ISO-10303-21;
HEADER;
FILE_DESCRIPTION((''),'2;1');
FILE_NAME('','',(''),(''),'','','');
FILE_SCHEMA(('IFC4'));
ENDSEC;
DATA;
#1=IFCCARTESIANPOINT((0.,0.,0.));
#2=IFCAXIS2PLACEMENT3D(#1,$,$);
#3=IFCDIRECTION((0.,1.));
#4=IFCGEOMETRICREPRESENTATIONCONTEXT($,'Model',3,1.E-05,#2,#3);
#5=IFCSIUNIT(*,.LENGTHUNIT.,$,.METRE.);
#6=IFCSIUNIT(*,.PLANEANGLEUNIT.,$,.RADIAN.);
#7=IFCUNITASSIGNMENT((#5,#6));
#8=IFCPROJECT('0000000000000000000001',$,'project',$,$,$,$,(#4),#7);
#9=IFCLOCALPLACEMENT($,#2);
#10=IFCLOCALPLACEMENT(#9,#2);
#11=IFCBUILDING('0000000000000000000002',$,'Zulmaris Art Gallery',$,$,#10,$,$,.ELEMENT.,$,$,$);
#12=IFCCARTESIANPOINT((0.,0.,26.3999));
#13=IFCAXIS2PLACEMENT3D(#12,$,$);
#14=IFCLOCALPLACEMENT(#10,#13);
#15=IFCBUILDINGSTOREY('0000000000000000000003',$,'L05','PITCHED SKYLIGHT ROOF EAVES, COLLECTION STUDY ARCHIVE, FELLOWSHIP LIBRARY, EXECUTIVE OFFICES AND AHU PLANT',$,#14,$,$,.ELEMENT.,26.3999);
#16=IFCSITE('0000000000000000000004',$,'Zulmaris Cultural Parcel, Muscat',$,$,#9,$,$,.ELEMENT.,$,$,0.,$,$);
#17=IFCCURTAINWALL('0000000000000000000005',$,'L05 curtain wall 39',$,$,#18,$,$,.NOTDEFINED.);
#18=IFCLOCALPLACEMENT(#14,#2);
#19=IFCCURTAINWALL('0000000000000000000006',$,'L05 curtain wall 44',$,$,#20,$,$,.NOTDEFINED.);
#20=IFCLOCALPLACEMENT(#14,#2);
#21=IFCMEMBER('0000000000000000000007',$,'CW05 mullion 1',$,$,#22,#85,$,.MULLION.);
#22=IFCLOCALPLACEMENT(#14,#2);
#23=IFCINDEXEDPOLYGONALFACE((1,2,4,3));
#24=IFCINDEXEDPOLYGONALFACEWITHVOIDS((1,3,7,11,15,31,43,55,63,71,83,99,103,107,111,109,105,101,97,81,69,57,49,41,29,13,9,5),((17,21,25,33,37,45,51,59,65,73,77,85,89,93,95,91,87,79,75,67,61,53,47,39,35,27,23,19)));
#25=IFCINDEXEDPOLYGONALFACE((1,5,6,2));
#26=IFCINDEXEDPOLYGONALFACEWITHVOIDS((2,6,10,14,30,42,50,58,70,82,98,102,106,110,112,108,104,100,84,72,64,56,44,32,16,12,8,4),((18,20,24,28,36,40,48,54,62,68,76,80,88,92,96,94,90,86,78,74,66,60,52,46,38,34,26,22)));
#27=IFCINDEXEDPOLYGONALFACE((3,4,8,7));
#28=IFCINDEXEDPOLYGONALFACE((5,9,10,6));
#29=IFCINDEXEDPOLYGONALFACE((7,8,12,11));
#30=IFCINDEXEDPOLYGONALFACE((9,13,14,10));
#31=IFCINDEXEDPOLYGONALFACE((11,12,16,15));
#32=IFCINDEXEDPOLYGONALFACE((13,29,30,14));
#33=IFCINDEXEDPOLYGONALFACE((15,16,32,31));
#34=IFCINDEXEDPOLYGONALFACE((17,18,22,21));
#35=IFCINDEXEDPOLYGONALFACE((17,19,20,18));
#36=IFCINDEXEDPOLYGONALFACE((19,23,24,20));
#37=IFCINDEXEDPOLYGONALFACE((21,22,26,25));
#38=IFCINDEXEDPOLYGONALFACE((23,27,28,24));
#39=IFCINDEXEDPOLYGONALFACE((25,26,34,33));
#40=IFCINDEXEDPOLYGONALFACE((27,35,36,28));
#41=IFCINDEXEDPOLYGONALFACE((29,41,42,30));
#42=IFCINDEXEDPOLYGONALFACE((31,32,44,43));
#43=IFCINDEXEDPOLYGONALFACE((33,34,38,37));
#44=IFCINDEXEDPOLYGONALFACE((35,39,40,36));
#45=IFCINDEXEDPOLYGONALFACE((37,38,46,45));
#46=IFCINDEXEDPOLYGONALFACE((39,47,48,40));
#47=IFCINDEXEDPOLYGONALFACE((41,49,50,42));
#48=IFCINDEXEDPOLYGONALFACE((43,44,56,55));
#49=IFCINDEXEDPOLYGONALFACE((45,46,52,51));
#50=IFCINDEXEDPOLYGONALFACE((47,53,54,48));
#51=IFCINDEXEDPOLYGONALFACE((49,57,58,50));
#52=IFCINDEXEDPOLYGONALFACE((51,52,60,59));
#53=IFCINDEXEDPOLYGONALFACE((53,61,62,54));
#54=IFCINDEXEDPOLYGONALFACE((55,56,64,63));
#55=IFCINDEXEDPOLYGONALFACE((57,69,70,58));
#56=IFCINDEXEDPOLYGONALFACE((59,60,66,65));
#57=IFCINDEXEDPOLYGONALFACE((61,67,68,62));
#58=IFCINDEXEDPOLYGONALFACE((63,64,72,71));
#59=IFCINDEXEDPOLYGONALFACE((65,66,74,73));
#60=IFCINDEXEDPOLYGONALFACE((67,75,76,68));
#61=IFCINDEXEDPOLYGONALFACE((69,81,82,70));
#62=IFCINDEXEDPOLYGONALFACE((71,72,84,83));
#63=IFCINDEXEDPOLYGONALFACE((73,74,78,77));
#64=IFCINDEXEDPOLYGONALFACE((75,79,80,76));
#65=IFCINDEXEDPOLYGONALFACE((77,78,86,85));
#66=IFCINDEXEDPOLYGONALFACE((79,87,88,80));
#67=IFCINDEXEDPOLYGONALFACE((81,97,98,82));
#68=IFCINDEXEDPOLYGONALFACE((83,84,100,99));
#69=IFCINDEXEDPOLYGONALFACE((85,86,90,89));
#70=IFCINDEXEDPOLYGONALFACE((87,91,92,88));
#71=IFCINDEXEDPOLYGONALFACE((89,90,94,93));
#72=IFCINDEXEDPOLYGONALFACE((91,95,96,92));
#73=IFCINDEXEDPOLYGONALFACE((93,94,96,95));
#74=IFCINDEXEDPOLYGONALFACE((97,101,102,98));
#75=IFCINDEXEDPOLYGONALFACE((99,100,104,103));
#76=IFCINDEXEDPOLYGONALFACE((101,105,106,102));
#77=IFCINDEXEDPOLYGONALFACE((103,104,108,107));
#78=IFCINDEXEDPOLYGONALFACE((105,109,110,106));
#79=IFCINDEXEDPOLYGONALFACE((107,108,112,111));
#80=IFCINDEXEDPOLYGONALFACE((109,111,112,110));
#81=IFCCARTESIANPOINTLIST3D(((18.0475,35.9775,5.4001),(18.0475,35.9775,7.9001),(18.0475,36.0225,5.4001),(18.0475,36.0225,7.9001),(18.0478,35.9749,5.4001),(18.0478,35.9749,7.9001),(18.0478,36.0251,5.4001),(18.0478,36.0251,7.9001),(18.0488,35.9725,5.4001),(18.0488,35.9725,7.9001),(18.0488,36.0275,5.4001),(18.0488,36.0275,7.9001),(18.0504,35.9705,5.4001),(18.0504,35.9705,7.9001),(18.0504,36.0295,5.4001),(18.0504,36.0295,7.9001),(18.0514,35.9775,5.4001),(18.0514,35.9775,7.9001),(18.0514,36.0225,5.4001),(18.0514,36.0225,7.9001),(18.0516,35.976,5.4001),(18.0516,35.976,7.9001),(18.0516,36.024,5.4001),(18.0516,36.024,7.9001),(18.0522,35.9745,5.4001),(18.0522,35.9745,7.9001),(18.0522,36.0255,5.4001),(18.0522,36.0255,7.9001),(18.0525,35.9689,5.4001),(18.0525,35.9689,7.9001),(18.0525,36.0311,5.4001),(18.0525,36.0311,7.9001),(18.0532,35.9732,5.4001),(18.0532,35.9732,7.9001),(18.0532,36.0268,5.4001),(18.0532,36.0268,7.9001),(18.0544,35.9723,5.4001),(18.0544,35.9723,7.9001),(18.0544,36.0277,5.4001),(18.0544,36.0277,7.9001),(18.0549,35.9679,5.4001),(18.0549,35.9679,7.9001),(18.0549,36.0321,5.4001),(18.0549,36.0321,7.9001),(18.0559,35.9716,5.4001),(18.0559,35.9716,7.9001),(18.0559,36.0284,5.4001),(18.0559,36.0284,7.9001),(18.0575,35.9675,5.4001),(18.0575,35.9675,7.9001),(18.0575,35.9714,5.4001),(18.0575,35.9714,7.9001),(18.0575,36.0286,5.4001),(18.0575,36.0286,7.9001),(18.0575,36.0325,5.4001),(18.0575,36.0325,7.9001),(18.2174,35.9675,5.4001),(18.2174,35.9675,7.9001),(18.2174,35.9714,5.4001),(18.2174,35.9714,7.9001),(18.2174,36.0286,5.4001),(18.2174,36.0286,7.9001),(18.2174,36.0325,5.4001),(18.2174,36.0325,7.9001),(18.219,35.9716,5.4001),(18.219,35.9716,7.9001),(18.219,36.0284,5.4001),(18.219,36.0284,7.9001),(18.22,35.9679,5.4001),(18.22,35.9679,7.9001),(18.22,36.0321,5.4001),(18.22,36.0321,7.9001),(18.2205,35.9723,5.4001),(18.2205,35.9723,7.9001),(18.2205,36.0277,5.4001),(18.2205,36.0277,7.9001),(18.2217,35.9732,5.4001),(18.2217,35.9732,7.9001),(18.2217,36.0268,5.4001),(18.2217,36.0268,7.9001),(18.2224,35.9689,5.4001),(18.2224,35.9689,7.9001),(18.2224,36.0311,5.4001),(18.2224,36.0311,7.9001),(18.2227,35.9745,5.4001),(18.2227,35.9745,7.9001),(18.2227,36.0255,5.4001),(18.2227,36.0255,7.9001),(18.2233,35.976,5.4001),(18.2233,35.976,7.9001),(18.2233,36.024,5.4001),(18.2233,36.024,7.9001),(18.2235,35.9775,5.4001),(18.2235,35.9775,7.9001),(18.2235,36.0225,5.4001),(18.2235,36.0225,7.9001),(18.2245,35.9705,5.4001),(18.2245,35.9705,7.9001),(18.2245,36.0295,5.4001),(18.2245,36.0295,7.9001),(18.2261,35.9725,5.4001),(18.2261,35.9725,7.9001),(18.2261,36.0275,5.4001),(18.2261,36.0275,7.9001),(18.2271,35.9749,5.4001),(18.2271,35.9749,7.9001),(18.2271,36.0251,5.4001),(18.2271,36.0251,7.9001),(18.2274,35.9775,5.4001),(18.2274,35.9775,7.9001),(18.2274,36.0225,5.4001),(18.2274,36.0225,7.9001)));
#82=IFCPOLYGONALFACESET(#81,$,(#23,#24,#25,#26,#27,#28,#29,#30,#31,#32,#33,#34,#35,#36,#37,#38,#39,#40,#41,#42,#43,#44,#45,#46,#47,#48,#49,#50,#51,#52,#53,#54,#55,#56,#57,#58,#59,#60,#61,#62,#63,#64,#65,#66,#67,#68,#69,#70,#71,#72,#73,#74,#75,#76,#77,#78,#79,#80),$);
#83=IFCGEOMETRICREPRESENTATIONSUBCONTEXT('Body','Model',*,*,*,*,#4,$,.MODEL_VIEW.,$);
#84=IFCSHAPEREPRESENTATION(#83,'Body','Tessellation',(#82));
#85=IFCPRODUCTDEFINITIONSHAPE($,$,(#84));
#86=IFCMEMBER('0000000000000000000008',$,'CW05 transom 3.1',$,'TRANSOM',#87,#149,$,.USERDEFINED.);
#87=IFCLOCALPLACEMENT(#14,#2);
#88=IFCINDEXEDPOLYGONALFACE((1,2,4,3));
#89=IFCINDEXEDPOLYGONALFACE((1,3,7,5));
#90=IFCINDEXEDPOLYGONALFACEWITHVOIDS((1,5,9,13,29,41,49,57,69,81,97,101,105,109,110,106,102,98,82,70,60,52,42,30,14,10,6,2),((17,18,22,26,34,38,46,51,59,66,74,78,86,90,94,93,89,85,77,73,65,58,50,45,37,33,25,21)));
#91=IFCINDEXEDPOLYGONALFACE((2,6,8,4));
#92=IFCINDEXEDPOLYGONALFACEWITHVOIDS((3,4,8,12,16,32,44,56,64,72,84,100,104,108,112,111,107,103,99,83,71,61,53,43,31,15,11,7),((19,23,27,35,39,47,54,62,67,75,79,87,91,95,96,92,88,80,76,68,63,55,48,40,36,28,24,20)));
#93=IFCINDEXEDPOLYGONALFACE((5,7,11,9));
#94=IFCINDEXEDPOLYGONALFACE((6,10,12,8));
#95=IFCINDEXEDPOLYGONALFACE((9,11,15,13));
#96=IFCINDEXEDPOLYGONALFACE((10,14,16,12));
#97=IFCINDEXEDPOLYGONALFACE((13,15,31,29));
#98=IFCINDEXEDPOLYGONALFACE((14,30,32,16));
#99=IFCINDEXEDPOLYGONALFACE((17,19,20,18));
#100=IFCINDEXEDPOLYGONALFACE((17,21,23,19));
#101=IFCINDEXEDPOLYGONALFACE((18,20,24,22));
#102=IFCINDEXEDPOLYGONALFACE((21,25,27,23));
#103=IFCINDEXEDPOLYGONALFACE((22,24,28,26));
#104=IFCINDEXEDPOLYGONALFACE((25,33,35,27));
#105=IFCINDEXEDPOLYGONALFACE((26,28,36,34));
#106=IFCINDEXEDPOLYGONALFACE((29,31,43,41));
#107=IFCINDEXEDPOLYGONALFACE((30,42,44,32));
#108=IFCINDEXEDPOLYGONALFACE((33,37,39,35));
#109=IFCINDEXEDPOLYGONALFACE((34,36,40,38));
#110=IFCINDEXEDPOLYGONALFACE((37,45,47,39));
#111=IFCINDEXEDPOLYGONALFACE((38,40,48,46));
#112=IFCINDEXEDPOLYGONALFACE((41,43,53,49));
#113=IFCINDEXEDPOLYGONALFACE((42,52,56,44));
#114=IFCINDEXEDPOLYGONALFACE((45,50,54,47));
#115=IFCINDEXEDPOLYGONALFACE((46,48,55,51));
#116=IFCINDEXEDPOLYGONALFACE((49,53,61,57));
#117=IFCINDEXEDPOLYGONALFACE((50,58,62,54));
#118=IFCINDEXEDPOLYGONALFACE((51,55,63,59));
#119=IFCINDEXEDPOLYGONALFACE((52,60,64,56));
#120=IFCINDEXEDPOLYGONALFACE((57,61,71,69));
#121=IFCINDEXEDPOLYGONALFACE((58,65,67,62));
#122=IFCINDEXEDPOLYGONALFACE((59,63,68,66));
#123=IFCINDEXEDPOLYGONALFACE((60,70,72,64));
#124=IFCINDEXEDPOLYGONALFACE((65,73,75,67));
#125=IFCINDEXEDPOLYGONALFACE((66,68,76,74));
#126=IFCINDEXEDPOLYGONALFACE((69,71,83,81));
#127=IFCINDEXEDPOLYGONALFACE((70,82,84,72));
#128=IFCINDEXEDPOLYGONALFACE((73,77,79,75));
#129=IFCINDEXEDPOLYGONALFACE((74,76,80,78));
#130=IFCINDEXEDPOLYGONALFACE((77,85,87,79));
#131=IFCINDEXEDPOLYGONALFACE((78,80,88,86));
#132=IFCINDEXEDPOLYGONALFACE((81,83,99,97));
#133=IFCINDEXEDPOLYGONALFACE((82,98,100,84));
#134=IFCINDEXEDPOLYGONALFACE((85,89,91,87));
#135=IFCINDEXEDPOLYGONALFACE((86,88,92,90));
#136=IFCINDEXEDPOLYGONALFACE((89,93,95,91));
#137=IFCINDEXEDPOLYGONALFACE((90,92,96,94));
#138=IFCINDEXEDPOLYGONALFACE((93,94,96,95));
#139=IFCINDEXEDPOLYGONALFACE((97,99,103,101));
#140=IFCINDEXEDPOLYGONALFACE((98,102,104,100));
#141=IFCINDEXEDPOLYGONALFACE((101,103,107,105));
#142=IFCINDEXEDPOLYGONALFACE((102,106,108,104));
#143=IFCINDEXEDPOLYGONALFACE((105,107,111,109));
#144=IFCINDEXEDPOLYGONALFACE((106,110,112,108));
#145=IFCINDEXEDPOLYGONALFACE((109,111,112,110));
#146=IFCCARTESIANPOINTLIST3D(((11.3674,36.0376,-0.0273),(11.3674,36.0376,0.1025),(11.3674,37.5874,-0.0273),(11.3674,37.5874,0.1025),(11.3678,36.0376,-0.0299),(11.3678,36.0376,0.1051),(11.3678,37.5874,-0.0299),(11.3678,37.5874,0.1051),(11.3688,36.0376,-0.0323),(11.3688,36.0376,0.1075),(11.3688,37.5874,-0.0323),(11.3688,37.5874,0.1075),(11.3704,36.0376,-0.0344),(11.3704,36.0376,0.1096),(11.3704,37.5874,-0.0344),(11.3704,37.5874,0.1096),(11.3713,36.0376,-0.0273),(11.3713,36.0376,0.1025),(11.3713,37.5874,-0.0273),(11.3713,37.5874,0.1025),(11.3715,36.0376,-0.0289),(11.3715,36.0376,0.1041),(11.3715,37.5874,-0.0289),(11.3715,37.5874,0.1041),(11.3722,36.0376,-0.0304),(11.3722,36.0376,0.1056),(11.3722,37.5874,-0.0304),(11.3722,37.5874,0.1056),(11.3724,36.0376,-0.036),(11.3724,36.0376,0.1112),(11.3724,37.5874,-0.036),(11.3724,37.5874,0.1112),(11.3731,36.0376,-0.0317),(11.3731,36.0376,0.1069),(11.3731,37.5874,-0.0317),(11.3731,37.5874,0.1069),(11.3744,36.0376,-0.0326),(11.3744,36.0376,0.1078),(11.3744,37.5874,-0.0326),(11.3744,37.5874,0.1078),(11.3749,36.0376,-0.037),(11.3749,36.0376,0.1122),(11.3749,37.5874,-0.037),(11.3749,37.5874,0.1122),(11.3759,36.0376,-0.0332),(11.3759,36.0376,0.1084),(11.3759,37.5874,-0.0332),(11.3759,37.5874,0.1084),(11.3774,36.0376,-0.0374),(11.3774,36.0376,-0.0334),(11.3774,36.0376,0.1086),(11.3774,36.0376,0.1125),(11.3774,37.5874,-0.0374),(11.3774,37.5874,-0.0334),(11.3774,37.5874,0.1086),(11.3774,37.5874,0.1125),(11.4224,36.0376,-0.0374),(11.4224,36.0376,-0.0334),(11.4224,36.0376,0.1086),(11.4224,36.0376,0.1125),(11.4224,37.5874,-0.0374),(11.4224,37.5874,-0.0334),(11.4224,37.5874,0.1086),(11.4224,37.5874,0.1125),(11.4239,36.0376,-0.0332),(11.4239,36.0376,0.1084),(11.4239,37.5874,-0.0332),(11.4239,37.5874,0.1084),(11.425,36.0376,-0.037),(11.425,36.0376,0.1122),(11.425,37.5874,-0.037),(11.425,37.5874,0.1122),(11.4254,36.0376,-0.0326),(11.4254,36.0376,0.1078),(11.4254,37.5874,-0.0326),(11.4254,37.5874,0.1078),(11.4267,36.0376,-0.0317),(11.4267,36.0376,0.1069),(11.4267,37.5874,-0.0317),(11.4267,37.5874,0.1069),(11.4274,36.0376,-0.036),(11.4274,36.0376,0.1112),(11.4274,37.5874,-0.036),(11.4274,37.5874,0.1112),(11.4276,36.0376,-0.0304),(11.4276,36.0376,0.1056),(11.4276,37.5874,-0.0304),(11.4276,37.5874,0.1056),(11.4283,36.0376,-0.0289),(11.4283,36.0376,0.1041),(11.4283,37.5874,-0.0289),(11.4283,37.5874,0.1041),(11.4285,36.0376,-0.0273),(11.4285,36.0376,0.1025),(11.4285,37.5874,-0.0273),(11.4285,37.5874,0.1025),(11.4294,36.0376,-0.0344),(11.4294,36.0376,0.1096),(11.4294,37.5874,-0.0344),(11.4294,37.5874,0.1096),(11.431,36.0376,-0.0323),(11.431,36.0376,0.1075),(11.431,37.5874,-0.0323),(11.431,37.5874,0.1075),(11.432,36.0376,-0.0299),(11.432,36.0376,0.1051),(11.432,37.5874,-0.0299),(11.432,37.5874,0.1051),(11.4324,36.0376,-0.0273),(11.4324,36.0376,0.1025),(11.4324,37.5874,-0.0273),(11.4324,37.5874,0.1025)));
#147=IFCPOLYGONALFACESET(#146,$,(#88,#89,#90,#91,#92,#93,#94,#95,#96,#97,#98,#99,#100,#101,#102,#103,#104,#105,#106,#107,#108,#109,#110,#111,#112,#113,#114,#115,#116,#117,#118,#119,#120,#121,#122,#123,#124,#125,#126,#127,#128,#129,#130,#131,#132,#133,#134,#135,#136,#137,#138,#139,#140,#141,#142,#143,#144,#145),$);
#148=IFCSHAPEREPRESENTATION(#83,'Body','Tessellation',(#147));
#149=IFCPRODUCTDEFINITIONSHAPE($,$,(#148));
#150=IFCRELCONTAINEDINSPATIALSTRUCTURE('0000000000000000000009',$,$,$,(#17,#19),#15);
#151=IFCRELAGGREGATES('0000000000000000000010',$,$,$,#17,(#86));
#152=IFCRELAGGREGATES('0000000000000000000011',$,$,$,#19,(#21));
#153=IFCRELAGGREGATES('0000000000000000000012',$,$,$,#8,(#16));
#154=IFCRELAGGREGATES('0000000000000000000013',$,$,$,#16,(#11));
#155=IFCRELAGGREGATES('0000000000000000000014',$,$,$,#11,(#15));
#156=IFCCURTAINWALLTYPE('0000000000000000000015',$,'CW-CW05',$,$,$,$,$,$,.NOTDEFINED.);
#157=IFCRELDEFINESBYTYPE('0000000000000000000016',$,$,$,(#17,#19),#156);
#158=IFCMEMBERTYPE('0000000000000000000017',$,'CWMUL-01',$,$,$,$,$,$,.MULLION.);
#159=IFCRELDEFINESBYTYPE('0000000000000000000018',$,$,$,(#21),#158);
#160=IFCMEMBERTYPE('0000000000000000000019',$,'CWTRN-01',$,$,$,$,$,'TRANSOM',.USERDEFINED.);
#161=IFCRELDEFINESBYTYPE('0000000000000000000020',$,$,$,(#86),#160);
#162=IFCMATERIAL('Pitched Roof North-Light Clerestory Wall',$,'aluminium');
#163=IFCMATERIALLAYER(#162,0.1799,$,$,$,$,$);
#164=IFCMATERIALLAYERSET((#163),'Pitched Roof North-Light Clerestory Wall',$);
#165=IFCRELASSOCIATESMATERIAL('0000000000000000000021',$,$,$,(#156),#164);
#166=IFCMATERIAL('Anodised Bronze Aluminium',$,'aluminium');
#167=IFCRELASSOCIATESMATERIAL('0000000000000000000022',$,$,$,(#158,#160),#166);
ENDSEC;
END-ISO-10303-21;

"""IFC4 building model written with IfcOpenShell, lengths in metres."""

from ifc_helpers import new_model, si_unit, direction, frame, origin, origin_2d, place, context, subcontext, project, spatial, hollow_rectangle, extrude, material, layer, layer_set, material_profile, profile_set, type_object, element, aggregate, save


model = new_model("IFC4")

# Units and contexts
model_context = context("Model", 3, precision=1e-05, world=origin(), true_north=direction((0.0, 1.0)))
body_context = subcontext(model_context, "Body", "Model", "MODEL_VIEW")
ifc_project = project(units=[si_unit("LENGTHUNIT", "METRE"), si_unit("PLANEANGLEUNIT", "RADIAN")], contexts=[model_context])

# Site, building, storey
site_placement = place(None, origin())
site = spatial("IfcSite", under=ifc_project, at=site_placement, Name="Zulmaris Cultural Parcel, Muscat", CompositionType="ELEMENT", RefElevation=0.0)
building_placement = place(site_placement, origin())
building = spatial("IfcBuilding", under=site, at=building_placement, Name="Zulmaris Art Gallery", CompositionType="ELEMENT")
storey_placement = place(building_placement, frame((0.0, 0.0, 26.3999)))
storey = spatial("IfcBuildingStorey", under=building, at=storey_placement, Name="L05", Description="PITCHED SKYLIGHT ROOF EAVES, COLLECTION STUDY ARCHIVE, FELLOWSHIP LIBRARY, EXECUTIVE OFFICES AND AHU PLANT", CompositionType="ELEMENT", Elevation=26.3999)

# Curtain wall
ifc_material_1 = material(Name="Pitched Roof North-Light Clerestory Wall", Category="aluminium")
ifc_layer_1 = layer(ifc_material_1, 0.1799)
ifc_layer_set_1 = layer_set([ifc_layer_1], Name="Pitched Roof North-Light Clerestory Wall")
curtain_wall_type = type_object("IfcCurtainWallType", Name="CW-CW05", PredefinedType="NOTDEFINED", material=ifc_layer_set_1)
curtain_wall_1_placement = place(storey_placement, origin())
curtain_wall_1 = element("IfcCurtainWall", 1, at=curtain_wall_1_placement, inside=storey, type_object=curtain_wall_type, Name="L05 curtain wall 39", PredefinedType="NOTDEFINED")
ifc_material_2 = material(Name="Anodised Bronze Aluminium", Category="aluminium")
ifc_material_profile_1 = material_profile(ifc_material_2, hollow_rectangle(XDim=0.0649, YDim=0.1799, WallThickness=0.0039, InnerFilletRadius=0.0061, OuterFilletRadius=0.01, at=origin_2d()), Name="ALU 65x180x4")
ifc_profile_set_1 = profile_set([ifc_material_profile_1], Name="Anodised Bronze Aluminium")
member_type_1 = type_object("IfcMemberType", Name="CWMUL-01", PredefinedType="MULLION", material=ifc_profile_set_1)

# Curtain wall, member
curtain_wall_2_placement = place(storey_placement, origin())
curtain_wall_2 = element("IfcCurtainWall", 2, at=curtain_wall_2_placement, inside=storey, type_object=curtain_wall_type, Name="L05 curtain wall 44", PredefinedType="NOTDEFINED")
member_1_placement = place(storey_placement, frame((18.1375, 36.0, 5.4001), z_axis=(0.0, 0.0, 1.0), x_axis=(0.0, 1.0, 0.0)))
member_1 = element("IfcMember", 3, at=member_1_placement, type_object=member_type_1, Name="CW05 mullion 1", PredefinedType="MULLION", context=body_context, shape_type="SweptSolid", body=[
    extrude(hollow_rectangle(XDim=0.0649, YDim=0.1799, WallThickness=0.0039, InnerFilletRadius=0.0061, OuterFilletRadius=0.01, at=origin_2d()), origin(), (0.0, 0.0, 1.0), 2.5),
])

# Member
ifc_material_profile_2 = material_profile(ifc_material_2, hollow_rectangle(XDim=0.0649, YDim=0.1499, WallThickness=0.0039, InnerFilletRadius=0.0061, OuterFilletRadius=0.01, at=origin_2d()), Name="ALU 65x150x4")
ifc_profile_set_2 = profile_set([ifc_material_profile_2], Name="Anodised Bronze Aluminium")
member_type_2 = type_object("IfcMemberType", Name="CWTRN-01", ElementType="TRANSOM", PredefinedType="USERDEFINED", material=ifc_profile_set_2)
member_2_placement = place(storey_placement, frame((11.3999, 36.0376, 0.0376), z_axis=(0.0, 1.0, 0.0), x_axis=(-1.0, 0.0, 0.0)))
member_2 = element("IfcMember", 4, at=member_2_placement, type_object=member_type_2, Name="CW05 transom 3.1", ObjectType="TRANSOM", PredefinedType="USERDEFINED", context=body_context, shape_type="SweptSolid", body=[
    extrude(hollow_rectangle(XDim=0.0649, YDim=0.1499, WallThickness=0.0039, InnerFilletRadius=0.0061, OuterFilletRadius=0.01, at=origin_2d()), origin(), (0.0, 0.0, 1.0), 1.5498),
])

aggregate(curtain_wall_1, [member_2])
aggregate(curtain_wall_2, [member_1])

save(model, "model.ifc")
